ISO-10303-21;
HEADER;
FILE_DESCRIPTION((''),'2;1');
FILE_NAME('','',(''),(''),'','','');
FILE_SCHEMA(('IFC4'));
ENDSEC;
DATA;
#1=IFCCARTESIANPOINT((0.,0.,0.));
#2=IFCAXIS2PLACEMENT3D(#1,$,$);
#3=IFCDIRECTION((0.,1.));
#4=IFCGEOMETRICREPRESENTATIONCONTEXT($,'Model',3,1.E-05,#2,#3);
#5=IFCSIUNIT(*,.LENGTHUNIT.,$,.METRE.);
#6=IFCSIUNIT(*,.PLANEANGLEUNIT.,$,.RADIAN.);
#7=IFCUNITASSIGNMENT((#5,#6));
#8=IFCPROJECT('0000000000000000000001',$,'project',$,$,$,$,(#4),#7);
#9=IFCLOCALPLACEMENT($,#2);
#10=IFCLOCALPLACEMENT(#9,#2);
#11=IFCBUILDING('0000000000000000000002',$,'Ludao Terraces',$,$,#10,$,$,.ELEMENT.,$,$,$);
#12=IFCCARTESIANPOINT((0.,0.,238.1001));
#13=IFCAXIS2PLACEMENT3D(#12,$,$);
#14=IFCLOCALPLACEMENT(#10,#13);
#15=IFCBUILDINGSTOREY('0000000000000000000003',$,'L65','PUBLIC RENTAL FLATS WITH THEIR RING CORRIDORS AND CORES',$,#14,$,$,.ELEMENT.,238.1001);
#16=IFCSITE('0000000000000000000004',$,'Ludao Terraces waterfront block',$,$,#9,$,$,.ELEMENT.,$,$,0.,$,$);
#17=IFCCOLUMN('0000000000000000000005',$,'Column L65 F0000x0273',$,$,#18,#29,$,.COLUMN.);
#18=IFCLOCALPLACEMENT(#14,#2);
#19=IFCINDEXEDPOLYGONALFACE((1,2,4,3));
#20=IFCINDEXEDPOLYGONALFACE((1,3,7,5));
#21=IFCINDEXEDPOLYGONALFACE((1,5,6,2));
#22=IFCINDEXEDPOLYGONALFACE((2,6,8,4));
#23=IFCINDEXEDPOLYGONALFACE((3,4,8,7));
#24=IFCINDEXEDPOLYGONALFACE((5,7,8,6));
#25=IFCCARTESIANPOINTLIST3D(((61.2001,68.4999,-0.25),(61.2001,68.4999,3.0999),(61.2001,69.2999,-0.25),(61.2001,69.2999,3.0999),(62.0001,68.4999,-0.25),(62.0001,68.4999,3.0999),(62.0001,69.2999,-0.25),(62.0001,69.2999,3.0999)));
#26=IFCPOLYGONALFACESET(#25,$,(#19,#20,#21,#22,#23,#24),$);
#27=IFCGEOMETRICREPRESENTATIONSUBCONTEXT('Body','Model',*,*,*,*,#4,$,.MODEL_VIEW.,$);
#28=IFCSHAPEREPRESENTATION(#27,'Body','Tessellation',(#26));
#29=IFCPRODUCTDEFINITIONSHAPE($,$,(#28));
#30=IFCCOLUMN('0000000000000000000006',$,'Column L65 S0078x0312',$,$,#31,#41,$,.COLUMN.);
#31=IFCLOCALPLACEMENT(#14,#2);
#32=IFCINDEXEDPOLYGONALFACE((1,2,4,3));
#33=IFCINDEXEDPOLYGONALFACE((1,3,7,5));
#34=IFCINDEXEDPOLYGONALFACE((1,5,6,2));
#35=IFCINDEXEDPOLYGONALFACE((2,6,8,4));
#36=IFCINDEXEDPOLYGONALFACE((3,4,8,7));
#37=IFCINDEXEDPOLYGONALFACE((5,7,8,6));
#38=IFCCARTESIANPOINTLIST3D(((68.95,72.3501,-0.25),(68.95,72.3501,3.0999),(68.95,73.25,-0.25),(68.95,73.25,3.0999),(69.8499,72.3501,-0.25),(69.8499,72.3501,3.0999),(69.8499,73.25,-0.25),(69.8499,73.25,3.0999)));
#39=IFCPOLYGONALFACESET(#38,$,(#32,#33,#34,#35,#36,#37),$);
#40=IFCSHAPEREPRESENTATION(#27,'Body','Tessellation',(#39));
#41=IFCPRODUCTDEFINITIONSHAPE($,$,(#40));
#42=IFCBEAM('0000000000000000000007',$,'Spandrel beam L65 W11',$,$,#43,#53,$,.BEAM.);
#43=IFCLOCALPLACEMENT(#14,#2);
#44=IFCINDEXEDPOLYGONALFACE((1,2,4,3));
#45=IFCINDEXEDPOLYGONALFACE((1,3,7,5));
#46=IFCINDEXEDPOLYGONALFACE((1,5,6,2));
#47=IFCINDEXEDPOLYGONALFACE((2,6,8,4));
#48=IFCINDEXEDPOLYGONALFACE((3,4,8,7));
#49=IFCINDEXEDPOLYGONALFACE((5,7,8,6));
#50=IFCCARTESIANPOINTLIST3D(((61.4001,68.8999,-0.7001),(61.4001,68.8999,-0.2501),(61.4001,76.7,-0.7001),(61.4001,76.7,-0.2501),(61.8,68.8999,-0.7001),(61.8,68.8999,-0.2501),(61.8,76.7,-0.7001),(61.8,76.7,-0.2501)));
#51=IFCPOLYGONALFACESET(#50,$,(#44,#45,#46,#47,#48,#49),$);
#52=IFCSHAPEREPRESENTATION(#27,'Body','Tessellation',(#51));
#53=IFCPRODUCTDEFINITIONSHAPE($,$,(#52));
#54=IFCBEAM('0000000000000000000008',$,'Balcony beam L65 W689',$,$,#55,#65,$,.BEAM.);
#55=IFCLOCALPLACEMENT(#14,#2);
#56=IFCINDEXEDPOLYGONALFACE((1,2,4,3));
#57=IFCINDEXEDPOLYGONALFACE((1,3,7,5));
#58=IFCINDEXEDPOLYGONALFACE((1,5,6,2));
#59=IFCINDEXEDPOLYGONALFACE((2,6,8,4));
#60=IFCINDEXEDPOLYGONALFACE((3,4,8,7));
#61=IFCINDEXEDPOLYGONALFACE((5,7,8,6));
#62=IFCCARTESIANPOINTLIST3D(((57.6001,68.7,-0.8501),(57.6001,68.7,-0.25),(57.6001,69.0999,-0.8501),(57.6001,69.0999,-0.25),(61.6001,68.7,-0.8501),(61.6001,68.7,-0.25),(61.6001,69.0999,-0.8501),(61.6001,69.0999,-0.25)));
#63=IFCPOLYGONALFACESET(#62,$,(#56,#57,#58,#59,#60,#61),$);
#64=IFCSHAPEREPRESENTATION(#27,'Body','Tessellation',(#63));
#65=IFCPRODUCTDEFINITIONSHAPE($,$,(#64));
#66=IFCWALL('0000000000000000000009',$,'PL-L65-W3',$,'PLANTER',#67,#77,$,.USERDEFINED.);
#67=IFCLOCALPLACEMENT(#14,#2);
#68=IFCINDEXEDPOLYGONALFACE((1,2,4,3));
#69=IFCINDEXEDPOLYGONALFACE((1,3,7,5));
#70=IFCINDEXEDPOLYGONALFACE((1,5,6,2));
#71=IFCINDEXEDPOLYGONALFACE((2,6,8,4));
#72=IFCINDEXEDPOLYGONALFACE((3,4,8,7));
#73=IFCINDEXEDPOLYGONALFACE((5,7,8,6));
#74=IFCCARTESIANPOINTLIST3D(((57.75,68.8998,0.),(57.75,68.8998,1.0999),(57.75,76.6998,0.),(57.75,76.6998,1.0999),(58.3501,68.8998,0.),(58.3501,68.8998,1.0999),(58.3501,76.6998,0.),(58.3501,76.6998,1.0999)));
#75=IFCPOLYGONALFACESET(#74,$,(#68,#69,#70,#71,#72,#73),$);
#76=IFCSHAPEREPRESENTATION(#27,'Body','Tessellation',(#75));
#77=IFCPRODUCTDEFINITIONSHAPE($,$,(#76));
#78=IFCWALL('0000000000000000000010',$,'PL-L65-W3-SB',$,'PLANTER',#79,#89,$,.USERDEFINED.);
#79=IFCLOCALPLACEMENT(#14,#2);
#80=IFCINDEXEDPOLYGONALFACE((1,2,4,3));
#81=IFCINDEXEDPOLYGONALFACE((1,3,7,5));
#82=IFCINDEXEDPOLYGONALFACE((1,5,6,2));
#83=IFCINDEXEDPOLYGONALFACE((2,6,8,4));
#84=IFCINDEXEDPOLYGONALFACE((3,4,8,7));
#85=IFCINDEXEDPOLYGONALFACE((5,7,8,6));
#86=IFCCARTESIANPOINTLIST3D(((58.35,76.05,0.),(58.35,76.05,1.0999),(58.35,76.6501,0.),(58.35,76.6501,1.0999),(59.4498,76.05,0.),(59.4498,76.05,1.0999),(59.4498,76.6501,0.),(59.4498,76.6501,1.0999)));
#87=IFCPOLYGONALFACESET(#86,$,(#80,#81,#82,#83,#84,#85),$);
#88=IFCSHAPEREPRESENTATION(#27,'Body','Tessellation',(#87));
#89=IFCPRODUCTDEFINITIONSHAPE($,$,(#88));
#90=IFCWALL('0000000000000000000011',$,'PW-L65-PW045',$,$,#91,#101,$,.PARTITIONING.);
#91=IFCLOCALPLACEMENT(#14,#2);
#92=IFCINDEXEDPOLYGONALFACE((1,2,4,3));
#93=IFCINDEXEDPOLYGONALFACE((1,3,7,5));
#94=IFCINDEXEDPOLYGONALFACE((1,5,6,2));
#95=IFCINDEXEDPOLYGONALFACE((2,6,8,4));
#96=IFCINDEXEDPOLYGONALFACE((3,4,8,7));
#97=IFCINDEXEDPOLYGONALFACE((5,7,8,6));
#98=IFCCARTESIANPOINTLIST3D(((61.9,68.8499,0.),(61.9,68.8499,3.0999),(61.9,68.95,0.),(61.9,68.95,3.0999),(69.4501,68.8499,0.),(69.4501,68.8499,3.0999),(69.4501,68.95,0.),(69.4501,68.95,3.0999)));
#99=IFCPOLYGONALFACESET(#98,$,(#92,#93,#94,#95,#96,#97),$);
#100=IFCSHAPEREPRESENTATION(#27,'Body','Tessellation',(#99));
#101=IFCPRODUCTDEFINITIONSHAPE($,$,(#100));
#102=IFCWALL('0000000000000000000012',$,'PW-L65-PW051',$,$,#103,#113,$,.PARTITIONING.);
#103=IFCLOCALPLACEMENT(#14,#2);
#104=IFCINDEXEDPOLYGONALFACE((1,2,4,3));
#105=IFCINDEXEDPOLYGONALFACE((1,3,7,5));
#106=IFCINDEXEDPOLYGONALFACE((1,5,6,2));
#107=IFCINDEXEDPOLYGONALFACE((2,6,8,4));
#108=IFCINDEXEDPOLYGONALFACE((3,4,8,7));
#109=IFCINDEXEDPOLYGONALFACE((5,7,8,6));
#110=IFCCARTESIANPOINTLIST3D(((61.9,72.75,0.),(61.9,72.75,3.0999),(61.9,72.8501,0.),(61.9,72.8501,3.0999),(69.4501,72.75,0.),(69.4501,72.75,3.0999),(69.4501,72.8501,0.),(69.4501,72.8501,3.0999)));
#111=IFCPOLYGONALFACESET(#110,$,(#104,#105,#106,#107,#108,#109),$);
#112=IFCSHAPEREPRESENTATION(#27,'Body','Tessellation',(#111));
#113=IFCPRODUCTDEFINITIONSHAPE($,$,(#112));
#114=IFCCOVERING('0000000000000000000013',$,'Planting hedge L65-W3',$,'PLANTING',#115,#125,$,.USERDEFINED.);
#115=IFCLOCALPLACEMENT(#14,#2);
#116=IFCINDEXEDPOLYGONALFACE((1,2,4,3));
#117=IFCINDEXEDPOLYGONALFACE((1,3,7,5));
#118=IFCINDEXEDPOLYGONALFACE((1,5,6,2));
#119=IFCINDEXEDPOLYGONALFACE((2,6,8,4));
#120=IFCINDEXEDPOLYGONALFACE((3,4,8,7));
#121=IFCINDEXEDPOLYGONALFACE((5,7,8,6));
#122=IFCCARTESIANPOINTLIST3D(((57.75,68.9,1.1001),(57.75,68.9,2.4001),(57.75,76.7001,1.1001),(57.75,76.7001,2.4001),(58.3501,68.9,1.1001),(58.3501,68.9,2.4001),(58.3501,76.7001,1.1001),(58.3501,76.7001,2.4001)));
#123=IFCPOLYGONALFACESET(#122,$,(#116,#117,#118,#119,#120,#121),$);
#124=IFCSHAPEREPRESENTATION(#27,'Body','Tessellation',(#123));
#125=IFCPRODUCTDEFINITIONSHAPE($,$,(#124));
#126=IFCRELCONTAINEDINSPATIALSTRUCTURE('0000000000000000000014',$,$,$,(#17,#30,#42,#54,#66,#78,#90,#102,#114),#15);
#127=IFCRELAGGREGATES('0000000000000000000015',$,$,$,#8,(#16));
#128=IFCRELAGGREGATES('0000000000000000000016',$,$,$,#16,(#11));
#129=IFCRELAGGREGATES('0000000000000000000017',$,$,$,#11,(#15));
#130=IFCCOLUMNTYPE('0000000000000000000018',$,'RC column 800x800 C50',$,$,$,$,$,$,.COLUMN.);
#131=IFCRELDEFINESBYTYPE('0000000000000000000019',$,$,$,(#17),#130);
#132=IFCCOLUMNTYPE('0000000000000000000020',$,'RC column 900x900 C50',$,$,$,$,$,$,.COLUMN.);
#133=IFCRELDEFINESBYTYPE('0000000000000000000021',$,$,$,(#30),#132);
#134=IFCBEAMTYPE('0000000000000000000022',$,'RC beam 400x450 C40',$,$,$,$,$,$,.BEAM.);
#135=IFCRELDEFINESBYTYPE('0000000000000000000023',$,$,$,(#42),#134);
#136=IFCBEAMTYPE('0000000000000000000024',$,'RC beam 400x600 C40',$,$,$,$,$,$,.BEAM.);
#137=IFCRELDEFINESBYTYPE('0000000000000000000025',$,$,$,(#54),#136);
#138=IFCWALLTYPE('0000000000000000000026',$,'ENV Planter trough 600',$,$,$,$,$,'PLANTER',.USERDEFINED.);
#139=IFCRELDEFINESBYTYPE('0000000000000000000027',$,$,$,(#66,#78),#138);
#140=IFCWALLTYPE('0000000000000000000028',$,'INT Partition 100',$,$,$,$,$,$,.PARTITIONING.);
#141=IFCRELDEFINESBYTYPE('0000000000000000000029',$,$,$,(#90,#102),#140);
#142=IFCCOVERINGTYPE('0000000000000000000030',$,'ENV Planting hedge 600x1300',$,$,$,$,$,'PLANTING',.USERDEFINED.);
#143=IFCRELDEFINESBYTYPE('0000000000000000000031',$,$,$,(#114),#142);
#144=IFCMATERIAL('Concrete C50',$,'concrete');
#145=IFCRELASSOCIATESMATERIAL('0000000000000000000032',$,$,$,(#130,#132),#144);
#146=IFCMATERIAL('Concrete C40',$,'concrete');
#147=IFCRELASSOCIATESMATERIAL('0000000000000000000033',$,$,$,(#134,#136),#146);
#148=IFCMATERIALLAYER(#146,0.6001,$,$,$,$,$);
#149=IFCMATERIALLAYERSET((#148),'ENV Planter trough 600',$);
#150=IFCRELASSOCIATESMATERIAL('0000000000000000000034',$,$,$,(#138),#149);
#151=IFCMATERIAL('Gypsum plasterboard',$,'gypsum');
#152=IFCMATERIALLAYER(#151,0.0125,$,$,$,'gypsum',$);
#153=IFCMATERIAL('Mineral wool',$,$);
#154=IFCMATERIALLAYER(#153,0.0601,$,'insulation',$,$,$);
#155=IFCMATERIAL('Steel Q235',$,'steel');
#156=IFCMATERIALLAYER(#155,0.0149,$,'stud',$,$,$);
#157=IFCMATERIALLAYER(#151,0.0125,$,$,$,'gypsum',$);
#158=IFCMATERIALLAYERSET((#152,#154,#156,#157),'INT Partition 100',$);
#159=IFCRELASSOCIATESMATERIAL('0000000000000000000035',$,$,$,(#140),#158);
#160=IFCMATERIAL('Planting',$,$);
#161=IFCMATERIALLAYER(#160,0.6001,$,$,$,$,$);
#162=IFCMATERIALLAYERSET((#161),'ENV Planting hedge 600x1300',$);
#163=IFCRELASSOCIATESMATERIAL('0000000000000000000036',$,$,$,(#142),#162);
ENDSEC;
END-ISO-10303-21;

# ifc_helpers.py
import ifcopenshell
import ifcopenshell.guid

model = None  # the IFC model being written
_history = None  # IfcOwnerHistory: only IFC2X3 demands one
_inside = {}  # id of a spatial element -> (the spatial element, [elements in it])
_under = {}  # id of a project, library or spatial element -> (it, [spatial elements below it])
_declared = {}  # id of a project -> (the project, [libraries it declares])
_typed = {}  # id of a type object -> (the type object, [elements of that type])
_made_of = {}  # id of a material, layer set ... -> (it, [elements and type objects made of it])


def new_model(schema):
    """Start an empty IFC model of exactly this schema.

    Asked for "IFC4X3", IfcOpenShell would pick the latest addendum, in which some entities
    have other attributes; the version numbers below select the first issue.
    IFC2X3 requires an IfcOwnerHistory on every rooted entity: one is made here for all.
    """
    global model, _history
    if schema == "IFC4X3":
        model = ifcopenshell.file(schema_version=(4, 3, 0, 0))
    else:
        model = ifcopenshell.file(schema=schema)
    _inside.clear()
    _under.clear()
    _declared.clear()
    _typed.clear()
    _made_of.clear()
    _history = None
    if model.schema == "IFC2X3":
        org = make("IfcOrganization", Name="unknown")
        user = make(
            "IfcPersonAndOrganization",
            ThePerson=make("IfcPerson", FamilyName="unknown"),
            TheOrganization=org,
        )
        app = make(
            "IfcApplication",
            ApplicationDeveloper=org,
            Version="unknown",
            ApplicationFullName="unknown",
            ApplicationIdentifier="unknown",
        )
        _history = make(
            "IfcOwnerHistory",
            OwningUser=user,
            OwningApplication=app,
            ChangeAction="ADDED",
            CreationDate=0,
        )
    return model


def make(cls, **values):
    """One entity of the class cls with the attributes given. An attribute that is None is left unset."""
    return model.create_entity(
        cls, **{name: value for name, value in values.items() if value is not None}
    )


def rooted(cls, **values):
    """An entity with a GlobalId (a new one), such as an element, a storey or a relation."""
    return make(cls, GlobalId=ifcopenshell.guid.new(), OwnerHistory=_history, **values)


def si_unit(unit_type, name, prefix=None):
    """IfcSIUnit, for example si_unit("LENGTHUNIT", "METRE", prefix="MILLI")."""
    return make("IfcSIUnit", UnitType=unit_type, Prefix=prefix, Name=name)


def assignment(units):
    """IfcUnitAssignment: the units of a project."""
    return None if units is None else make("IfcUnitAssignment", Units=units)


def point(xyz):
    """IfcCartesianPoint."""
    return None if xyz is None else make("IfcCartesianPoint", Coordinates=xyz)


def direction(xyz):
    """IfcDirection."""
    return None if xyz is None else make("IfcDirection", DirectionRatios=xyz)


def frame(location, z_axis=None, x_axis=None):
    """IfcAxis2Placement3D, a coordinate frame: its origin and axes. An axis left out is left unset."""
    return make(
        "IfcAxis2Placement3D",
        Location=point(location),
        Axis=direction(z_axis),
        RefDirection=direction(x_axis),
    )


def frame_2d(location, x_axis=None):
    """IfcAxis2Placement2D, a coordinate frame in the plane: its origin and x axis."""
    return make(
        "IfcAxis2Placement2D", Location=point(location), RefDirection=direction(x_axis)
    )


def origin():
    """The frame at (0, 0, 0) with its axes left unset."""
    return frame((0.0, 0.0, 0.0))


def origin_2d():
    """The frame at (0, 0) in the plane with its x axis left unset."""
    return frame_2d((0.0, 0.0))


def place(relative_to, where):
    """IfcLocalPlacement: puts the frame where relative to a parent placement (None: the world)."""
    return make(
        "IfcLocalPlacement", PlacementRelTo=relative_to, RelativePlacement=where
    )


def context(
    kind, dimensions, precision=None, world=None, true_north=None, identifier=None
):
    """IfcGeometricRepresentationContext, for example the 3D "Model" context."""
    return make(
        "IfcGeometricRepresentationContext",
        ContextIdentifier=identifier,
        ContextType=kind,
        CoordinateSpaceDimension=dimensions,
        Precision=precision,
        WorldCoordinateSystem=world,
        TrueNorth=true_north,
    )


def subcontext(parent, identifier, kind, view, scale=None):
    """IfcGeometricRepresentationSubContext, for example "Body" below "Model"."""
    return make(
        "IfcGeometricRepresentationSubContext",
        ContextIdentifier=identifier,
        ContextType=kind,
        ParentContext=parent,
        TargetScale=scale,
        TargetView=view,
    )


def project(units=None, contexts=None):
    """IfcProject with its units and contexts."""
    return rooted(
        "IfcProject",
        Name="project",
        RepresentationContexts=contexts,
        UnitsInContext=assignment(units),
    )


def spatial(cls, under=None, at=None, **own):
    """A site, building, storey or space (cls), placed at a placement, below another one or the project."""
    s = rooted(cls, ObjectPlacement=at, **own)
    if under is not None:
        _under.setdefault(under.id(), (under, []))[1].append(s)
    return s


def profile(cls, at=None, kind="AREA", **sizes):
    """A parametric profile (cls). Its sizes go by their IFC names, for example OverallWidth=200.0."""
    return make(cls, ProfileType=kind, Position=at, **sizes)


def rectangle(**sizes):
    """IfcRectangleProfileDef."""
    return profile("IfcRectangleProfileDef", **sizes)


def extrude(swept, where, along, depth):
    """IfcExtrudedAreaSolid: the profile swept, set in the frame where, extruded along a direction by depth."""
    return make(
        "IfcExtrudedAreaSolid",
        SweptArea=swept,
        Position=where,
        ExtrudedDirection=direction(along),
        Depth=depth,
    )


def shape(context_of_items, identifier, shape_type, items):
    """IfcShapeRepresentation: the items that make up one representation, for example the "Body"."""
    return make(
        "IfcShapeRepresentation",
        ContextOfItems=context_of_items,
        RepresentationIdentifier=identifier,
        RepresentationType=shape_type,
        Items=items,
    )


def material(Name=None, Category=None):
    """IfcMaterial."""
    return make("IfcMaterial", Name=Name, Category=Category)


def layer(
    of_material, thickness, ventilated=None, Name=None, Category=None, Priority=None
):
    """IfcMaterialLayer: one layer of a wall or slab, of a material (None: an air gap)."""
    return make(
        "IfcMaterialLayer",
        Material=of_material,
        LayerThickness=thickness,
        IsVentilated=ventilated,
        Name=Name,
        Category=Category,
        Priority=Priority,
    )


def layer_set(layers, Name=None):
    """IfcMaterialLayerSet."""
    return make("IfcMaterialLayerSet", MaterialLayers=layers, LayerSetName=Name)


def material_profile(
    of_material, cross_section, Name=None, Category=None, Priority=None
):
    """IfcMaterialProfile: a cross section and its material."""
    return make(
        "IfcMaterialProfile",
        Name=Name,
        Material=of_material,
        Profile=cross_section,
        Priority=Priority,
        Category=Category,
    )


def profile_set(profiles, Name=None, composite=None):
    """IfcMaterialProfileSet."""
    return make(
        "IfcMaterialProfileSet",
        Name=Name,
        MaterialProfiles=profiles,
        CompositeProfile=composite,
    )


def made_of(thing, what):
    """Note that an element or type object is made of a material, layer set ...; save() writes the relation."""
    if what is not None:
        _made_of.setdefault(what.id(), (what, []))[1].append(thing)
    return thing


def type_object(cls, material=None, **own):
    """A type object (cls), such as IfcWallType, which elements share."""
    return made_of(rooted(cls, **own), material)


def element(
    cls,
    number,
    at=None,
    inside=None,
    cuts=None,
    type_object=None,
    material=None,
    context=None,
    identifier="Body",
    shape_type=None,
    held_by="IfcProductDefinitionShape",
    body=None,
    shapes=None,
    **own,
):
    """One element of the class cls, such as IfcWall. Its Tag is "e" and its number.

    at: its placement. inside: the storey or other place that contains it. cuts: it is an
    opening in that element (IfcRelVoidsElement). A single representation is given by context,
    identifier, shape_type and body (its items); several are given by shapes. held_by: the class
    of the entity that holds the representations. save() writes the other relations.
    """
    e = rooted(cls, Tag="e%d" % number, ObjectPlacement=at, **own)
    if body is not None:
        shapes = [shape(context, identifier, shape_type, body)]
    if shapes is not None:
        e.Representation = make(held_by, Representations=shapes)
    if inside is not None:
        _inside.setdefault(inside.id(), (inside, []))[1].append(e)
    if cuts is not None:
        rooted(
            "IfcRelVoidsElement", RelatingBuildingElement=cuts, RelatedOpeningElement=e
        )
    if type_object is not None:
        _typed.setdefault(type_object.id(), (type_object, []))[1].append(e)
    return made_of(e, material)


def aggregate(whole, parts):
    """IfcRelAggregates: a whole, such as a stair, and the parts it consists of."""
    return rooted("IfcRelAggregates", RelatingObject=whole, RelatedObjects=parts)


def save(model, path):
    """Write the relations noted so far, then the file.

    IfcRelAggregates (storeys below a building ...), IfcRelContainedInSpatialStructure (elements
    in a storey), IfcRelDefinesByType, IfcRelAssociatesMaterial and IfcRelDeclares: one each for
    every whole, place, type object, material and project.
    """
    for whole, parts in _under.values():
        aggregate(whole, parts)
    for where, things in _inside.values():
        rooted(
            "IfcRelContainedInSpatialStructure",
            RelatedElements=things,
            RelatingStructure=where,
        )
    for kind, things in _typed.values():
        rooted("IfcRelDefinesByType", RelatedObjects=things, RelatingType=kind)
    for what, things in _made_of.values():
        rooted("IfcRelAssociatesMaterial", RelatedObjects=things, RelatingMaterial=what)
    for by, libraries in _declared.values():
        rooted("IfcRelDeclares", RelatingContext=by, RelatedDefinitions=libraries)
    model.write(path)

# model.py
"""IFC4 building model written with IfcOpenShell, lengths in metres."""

from ifc_helpers import new_model, si_unit, direction, frame, frame_2d, origin, origin_2d, place, context, subcontext, project, spatial, rectangle, extrude, material, layer, layer_set, material_profile, profile_set, type_object, element, save


model = new_model("IFC4")

# Units and contexts
model_context = context("Model", 3, precision=1e-05, world=origin(), true_north=direction((0.0, 1.0)))
body_context = subcontext(model_context, "Body", "Model", "MODEL_VIEW")
ifc_project = project(units=[si_unit("LENGTHUNIT", "METRE"), si_unit("PLANEANGLEUNIT", "RADIAN")], contexts=[model_context])

# Site, building, storey
site_placement = place(None, origin())
site = spatial("IfcSite", under=ifc_project, at=site_placement, Name="Ludao Terraces waterfront block", CompositionType="ELEMENT", RefElevation=0.0)
building_placement = place(site_placement, origin())
building = spatial("IfcBuilding", under=site, at=building_placement, Name="Ludao Terraces", CompositionType="ELEMENT")
storey_placement = place(building_placement, frame((0.0, 0.0, 238.1001)))
storey = spatial("IfcBuildingStorey", under=building, at=storey_placement, Name="L65", Description="PUBLIC RENTAL FLATS WITH THEIR RING CORRIDORS AND CORES", CompositionType="ELEMENT", Elevation=238.1001)

# Columns
ifc_material_1 = material(Name="Concrete C50", Category="concrete")
ifc_material_profile_1 = material_profile(ifc_material_1, rectangle(XDim=0.8, YDim=0.8, at=origin_2d()), Name="800 X 800")
ifc_profile_set_1 = profile_set([ifc_material_profile_1], Name="Concrete C50")
column_type_1 = type_object("IfcColumnType", Name="RC column 800x800 C50", PredefinedType="COLUMN", material=ifc_profile_set_1)
column_1_placement = place(storey_placement, frame((61.6001, 68.8999, -0.25), z_axis=(0.0, 0.0, 1.0), x_axis=(1.0, 0.0, 0.0)))
element("IfcColumn", 1, at=column_1_placement, inside=storey, type_object=column_type_1, Name="Column L65 F0000x0273", PredefinedType="COLUMN", context=body_context, shape_type="SweptSolid", body=[
    extrude(rectangle(XDim=0.8, YDim=0.8, at=origin_2d()), origin(), (0.0, 0.0, 1.0), 3.3499),
])
ifc_material_profile_2 = material_profile(ifc_material_1, rectangle(XDim=0.8999, YDim=0.8999, at=origin_2d()), Name="900 X 900")
ifc_profile_set_2 = profile_set([ifc_material_profile_2], Name="Concrete C50")
column_type_2 = type_object("IfcColumnType", Name="RC column 900x900 C50", PredefinedType="COLUMN", material=ifc_profile_set_2)
column_2_placement = place(storey_placement, frame((69.3999, 72.8, -0.25), z_axis=(0.0, 0.0, 1.0), x_axis=(1.0, 0.0, 0.0)))
element("IfcColumn", 2, at=column_2_placement, inside=storey, type_object=column_type_2, Name="Column L65 S0078x0312", PredefinedType="COLUMN", context=body_context, shape_type="SweptSolid", body=[
    extrude(rectangle(XDim=0.8999, YDim=0.8999, at=origin_2d()), origin(), (0.0, 0.0, 1.0), 3.3499),
])

# Beams
ifc_material_2 = material(Name="Concrete C40", Category="concrete")
ifc_material_profile_3 = material_profile(ifc_material_2, rectangle(XDim=0.3999, YDim=0.45, at=origin_2d()), Name="400 X 450")
ifc_profile_set_3 = profile_set([ifc_material_profile_3], Name="Concrete C40")
beam_type_1 = type_object("IfcBeamType", Name="RC beam 400x450 C40", PredefinedType="BEAM", material=ifc_profile_set_3)
beam_1_placement = place(storey_placement, frame((61.6001, 68.8999, -0.4751), z_axis=(0.0, 1.0, 0.0), x_axis=(-1.0, 0.0, 0.0)))
element("IfcBeam", 3, at=beam_1_placement, inside=storey, type_object=beam_type_1, Name="Spandrel beam L65 W11", PredefinedType="BEAM", context=body_context, shape_type="SweptSolid", body=[
    extrude(rectangle(XDim=0.3999, YDim=0.45, at=origin_2d()), origin(), (0.0, 0.0, 1.0), 7.8),
])
ifc_material_profile_4 = material_profile(ifc_material_2, rectangle(XDim=0.3999, YDim=0.6001, at=origin_2d()), Name="400 X 600")
ifc_profile_set_4 = profile_set([ifc_material_profile_4], Name="Concrete C40")
beam_type_2 = type_object("IfcBeamType", Name="RC beam 400x600 C40", PredefinedType="BEAM", material=ifc_profile_set_4)
beam_2_placement = place(storey_placement, frame((61.6001, 68.8999, -0.55), z_axis=(-1.0, 0.0, 0.0), x_axis=(0.0, -1.0, 0.0)))
element("IfcBeam", 4, at=beam_2_placement, inside=storey, type_object=beam_type_2, Name="Balcony beam L65 W689", PredefinedType="BEAM", context=body_context, shape_type="SweptSolid", body=[
    extrude(rectangle(XDim=0.3999, YDim=0.6001, at=origin_2d()), origin(), (0.0, 0.0, 1.0), 4.0),
])

# Walls
ifc_layer_1 = layer(ifc_material_2, 0.6001)
ifc_layer_set_1 = layer_set([ifc_layer_1], Name="ENV Planter trough 600")
wall_type_1 = type_object("IfcWallType", Name="ENV Planter trough 600", ElementType="PLANTER", PredefinedType="USERDEFINED", material=ifc_layer_set_1)
wall_1_placement = place(storey_placement, frame((58.05, 68.8999, 0.0), z_axis=(0.0, 0.0, 1.0), x_axis=(0.0, 1.0, 0.0)))
element("IfcWall", 5, at=wall_1_placement, inside=storey, type_object=wall_type_1, Name="PL-L65-W3", ObjectType="PLANTER", PredefinedType="USERDEFINED", context=body_context, shape_type="SweptSolid", body=[
    extrude(rectangle(XDim=7.8, YDim=0.6001, at=frame_2d((3.8999, 0.0))), origin(), (0.0, 0.0, 1.0), 1.0999),
])
wall_2_placement = place(storey_placement, frame((58.3501, 76.3501, 0.0), z_axis=(0.0, 0.0, 1.0), x_axis=(1.0, 0.0, 0.0)))
element("IfcWall", 6, at=wall_2_placement, inside=storey, type_object=wall_type_1, Name="PL-L65-W3-SB", ObjectType="PLANTER", PredefinedType="USERDEFINED", context=body_context, shape_type="SweptSolid", body=[
    extrude(rectangle(XDim=1.0999, YDim=0.6001, at=frame_2d((0.5498, 0.0))), origin(), (0.0, 0.0, 1.0), 1.0999),
])

# Shared definitions
ifc_material_3 = material(Name="Mineral wool")

# Walls
ifc_material_4 = material(Name="Gypsum plasterboard", Category="gypsum")
ifc_layer_2 = layer(ifc_material_4, 0.0125, Category="gypsum")
ifc_layer_3 = layer(ifc_material_3, 0.0601, Name="insulation")
ifc_material_5 = material(Name="Steel Q235", Category="steel")
ifc_layer_4 = layer(ifc_material_5, 0.0149, Name="stud")
ifc_layer_5 = layer(ifc_material_4, 0.0125, Category="gypsum")
ifc_layer_set_2 = layer_set([ifc_layer_2, ifc_layer_3, ifc_layer_4, ifc_layer_5], Name="INT Partition 100")
wall_type_2 = type_object("IfcWallType", Name="INT Partition 100", PredefinedType="PARTITIONING", material=ifc_layer_set_2)
for number, where, z_axis, x_axis, name in (
    (7, (61.9001, 68.8999, 0.0), (0.0, 0.0, 1.0), (1.0, 0.0, 0.0), "PW-L65-PW045"),
    (8, (61.9001, 72.8, 0.0), (0.0, 0.0, 1.0), (1.0, 0.0, 0.0), "PW-L65-PW051"),
):
    element("IfcWall", number, at=place(storey_placement, frame(where, z_axis=z_axis, x_axis=x_axis)), inside=storey, type_object=wall_type_2, Name=name, PredefinedType="PARTITIONING", context=body_context, shape_type="SweptSolid", body=[
        extrude(rectangle(XDim=7.55, YDim=0.1001, at=frame_2d((3.7749, 0.0))), origin(), (0.0, 0.0, 1.0), 3.0999),
    ])

# Covering
ifc_material_6 = material(Name="Planting")
ifc_layer_6 = layer(ifc_material_6, 0.6001)
ifc_layer_set_3 = layer_set([ifc_layer_6], Name="ENV Planting hedge 600x1300")
covering_type = type_object("IfcCoveringType", Name="ENV Planting hedge 600x1300", ElementType="PLANTING", PredefinedType="USERDEFINED", material=ifc_layer_set_3)
covering_placement = place(storey_placement, frame((58.05, 72.8, 1.1001), z_axis=(0.0, 0.0, 1.0), x_axis=(1.0, 0.0, 0.0)))
element("IfcCovering", 9, at=covering_placement, inside=storey, type_object=covering_type, Name="Planting hedge L65-W3", ObjectType="PLANTING", PredefinedType="USERDEFINED", context=body_context, shape_type="SweptSolid", body=[
    extrude(rectangle(XDim=0.6001, YDim=7.8, at=origin_2d()), origin(), (0.0, 0.0, 1.0), 1.3),
])

save(model, "model.ifc")
